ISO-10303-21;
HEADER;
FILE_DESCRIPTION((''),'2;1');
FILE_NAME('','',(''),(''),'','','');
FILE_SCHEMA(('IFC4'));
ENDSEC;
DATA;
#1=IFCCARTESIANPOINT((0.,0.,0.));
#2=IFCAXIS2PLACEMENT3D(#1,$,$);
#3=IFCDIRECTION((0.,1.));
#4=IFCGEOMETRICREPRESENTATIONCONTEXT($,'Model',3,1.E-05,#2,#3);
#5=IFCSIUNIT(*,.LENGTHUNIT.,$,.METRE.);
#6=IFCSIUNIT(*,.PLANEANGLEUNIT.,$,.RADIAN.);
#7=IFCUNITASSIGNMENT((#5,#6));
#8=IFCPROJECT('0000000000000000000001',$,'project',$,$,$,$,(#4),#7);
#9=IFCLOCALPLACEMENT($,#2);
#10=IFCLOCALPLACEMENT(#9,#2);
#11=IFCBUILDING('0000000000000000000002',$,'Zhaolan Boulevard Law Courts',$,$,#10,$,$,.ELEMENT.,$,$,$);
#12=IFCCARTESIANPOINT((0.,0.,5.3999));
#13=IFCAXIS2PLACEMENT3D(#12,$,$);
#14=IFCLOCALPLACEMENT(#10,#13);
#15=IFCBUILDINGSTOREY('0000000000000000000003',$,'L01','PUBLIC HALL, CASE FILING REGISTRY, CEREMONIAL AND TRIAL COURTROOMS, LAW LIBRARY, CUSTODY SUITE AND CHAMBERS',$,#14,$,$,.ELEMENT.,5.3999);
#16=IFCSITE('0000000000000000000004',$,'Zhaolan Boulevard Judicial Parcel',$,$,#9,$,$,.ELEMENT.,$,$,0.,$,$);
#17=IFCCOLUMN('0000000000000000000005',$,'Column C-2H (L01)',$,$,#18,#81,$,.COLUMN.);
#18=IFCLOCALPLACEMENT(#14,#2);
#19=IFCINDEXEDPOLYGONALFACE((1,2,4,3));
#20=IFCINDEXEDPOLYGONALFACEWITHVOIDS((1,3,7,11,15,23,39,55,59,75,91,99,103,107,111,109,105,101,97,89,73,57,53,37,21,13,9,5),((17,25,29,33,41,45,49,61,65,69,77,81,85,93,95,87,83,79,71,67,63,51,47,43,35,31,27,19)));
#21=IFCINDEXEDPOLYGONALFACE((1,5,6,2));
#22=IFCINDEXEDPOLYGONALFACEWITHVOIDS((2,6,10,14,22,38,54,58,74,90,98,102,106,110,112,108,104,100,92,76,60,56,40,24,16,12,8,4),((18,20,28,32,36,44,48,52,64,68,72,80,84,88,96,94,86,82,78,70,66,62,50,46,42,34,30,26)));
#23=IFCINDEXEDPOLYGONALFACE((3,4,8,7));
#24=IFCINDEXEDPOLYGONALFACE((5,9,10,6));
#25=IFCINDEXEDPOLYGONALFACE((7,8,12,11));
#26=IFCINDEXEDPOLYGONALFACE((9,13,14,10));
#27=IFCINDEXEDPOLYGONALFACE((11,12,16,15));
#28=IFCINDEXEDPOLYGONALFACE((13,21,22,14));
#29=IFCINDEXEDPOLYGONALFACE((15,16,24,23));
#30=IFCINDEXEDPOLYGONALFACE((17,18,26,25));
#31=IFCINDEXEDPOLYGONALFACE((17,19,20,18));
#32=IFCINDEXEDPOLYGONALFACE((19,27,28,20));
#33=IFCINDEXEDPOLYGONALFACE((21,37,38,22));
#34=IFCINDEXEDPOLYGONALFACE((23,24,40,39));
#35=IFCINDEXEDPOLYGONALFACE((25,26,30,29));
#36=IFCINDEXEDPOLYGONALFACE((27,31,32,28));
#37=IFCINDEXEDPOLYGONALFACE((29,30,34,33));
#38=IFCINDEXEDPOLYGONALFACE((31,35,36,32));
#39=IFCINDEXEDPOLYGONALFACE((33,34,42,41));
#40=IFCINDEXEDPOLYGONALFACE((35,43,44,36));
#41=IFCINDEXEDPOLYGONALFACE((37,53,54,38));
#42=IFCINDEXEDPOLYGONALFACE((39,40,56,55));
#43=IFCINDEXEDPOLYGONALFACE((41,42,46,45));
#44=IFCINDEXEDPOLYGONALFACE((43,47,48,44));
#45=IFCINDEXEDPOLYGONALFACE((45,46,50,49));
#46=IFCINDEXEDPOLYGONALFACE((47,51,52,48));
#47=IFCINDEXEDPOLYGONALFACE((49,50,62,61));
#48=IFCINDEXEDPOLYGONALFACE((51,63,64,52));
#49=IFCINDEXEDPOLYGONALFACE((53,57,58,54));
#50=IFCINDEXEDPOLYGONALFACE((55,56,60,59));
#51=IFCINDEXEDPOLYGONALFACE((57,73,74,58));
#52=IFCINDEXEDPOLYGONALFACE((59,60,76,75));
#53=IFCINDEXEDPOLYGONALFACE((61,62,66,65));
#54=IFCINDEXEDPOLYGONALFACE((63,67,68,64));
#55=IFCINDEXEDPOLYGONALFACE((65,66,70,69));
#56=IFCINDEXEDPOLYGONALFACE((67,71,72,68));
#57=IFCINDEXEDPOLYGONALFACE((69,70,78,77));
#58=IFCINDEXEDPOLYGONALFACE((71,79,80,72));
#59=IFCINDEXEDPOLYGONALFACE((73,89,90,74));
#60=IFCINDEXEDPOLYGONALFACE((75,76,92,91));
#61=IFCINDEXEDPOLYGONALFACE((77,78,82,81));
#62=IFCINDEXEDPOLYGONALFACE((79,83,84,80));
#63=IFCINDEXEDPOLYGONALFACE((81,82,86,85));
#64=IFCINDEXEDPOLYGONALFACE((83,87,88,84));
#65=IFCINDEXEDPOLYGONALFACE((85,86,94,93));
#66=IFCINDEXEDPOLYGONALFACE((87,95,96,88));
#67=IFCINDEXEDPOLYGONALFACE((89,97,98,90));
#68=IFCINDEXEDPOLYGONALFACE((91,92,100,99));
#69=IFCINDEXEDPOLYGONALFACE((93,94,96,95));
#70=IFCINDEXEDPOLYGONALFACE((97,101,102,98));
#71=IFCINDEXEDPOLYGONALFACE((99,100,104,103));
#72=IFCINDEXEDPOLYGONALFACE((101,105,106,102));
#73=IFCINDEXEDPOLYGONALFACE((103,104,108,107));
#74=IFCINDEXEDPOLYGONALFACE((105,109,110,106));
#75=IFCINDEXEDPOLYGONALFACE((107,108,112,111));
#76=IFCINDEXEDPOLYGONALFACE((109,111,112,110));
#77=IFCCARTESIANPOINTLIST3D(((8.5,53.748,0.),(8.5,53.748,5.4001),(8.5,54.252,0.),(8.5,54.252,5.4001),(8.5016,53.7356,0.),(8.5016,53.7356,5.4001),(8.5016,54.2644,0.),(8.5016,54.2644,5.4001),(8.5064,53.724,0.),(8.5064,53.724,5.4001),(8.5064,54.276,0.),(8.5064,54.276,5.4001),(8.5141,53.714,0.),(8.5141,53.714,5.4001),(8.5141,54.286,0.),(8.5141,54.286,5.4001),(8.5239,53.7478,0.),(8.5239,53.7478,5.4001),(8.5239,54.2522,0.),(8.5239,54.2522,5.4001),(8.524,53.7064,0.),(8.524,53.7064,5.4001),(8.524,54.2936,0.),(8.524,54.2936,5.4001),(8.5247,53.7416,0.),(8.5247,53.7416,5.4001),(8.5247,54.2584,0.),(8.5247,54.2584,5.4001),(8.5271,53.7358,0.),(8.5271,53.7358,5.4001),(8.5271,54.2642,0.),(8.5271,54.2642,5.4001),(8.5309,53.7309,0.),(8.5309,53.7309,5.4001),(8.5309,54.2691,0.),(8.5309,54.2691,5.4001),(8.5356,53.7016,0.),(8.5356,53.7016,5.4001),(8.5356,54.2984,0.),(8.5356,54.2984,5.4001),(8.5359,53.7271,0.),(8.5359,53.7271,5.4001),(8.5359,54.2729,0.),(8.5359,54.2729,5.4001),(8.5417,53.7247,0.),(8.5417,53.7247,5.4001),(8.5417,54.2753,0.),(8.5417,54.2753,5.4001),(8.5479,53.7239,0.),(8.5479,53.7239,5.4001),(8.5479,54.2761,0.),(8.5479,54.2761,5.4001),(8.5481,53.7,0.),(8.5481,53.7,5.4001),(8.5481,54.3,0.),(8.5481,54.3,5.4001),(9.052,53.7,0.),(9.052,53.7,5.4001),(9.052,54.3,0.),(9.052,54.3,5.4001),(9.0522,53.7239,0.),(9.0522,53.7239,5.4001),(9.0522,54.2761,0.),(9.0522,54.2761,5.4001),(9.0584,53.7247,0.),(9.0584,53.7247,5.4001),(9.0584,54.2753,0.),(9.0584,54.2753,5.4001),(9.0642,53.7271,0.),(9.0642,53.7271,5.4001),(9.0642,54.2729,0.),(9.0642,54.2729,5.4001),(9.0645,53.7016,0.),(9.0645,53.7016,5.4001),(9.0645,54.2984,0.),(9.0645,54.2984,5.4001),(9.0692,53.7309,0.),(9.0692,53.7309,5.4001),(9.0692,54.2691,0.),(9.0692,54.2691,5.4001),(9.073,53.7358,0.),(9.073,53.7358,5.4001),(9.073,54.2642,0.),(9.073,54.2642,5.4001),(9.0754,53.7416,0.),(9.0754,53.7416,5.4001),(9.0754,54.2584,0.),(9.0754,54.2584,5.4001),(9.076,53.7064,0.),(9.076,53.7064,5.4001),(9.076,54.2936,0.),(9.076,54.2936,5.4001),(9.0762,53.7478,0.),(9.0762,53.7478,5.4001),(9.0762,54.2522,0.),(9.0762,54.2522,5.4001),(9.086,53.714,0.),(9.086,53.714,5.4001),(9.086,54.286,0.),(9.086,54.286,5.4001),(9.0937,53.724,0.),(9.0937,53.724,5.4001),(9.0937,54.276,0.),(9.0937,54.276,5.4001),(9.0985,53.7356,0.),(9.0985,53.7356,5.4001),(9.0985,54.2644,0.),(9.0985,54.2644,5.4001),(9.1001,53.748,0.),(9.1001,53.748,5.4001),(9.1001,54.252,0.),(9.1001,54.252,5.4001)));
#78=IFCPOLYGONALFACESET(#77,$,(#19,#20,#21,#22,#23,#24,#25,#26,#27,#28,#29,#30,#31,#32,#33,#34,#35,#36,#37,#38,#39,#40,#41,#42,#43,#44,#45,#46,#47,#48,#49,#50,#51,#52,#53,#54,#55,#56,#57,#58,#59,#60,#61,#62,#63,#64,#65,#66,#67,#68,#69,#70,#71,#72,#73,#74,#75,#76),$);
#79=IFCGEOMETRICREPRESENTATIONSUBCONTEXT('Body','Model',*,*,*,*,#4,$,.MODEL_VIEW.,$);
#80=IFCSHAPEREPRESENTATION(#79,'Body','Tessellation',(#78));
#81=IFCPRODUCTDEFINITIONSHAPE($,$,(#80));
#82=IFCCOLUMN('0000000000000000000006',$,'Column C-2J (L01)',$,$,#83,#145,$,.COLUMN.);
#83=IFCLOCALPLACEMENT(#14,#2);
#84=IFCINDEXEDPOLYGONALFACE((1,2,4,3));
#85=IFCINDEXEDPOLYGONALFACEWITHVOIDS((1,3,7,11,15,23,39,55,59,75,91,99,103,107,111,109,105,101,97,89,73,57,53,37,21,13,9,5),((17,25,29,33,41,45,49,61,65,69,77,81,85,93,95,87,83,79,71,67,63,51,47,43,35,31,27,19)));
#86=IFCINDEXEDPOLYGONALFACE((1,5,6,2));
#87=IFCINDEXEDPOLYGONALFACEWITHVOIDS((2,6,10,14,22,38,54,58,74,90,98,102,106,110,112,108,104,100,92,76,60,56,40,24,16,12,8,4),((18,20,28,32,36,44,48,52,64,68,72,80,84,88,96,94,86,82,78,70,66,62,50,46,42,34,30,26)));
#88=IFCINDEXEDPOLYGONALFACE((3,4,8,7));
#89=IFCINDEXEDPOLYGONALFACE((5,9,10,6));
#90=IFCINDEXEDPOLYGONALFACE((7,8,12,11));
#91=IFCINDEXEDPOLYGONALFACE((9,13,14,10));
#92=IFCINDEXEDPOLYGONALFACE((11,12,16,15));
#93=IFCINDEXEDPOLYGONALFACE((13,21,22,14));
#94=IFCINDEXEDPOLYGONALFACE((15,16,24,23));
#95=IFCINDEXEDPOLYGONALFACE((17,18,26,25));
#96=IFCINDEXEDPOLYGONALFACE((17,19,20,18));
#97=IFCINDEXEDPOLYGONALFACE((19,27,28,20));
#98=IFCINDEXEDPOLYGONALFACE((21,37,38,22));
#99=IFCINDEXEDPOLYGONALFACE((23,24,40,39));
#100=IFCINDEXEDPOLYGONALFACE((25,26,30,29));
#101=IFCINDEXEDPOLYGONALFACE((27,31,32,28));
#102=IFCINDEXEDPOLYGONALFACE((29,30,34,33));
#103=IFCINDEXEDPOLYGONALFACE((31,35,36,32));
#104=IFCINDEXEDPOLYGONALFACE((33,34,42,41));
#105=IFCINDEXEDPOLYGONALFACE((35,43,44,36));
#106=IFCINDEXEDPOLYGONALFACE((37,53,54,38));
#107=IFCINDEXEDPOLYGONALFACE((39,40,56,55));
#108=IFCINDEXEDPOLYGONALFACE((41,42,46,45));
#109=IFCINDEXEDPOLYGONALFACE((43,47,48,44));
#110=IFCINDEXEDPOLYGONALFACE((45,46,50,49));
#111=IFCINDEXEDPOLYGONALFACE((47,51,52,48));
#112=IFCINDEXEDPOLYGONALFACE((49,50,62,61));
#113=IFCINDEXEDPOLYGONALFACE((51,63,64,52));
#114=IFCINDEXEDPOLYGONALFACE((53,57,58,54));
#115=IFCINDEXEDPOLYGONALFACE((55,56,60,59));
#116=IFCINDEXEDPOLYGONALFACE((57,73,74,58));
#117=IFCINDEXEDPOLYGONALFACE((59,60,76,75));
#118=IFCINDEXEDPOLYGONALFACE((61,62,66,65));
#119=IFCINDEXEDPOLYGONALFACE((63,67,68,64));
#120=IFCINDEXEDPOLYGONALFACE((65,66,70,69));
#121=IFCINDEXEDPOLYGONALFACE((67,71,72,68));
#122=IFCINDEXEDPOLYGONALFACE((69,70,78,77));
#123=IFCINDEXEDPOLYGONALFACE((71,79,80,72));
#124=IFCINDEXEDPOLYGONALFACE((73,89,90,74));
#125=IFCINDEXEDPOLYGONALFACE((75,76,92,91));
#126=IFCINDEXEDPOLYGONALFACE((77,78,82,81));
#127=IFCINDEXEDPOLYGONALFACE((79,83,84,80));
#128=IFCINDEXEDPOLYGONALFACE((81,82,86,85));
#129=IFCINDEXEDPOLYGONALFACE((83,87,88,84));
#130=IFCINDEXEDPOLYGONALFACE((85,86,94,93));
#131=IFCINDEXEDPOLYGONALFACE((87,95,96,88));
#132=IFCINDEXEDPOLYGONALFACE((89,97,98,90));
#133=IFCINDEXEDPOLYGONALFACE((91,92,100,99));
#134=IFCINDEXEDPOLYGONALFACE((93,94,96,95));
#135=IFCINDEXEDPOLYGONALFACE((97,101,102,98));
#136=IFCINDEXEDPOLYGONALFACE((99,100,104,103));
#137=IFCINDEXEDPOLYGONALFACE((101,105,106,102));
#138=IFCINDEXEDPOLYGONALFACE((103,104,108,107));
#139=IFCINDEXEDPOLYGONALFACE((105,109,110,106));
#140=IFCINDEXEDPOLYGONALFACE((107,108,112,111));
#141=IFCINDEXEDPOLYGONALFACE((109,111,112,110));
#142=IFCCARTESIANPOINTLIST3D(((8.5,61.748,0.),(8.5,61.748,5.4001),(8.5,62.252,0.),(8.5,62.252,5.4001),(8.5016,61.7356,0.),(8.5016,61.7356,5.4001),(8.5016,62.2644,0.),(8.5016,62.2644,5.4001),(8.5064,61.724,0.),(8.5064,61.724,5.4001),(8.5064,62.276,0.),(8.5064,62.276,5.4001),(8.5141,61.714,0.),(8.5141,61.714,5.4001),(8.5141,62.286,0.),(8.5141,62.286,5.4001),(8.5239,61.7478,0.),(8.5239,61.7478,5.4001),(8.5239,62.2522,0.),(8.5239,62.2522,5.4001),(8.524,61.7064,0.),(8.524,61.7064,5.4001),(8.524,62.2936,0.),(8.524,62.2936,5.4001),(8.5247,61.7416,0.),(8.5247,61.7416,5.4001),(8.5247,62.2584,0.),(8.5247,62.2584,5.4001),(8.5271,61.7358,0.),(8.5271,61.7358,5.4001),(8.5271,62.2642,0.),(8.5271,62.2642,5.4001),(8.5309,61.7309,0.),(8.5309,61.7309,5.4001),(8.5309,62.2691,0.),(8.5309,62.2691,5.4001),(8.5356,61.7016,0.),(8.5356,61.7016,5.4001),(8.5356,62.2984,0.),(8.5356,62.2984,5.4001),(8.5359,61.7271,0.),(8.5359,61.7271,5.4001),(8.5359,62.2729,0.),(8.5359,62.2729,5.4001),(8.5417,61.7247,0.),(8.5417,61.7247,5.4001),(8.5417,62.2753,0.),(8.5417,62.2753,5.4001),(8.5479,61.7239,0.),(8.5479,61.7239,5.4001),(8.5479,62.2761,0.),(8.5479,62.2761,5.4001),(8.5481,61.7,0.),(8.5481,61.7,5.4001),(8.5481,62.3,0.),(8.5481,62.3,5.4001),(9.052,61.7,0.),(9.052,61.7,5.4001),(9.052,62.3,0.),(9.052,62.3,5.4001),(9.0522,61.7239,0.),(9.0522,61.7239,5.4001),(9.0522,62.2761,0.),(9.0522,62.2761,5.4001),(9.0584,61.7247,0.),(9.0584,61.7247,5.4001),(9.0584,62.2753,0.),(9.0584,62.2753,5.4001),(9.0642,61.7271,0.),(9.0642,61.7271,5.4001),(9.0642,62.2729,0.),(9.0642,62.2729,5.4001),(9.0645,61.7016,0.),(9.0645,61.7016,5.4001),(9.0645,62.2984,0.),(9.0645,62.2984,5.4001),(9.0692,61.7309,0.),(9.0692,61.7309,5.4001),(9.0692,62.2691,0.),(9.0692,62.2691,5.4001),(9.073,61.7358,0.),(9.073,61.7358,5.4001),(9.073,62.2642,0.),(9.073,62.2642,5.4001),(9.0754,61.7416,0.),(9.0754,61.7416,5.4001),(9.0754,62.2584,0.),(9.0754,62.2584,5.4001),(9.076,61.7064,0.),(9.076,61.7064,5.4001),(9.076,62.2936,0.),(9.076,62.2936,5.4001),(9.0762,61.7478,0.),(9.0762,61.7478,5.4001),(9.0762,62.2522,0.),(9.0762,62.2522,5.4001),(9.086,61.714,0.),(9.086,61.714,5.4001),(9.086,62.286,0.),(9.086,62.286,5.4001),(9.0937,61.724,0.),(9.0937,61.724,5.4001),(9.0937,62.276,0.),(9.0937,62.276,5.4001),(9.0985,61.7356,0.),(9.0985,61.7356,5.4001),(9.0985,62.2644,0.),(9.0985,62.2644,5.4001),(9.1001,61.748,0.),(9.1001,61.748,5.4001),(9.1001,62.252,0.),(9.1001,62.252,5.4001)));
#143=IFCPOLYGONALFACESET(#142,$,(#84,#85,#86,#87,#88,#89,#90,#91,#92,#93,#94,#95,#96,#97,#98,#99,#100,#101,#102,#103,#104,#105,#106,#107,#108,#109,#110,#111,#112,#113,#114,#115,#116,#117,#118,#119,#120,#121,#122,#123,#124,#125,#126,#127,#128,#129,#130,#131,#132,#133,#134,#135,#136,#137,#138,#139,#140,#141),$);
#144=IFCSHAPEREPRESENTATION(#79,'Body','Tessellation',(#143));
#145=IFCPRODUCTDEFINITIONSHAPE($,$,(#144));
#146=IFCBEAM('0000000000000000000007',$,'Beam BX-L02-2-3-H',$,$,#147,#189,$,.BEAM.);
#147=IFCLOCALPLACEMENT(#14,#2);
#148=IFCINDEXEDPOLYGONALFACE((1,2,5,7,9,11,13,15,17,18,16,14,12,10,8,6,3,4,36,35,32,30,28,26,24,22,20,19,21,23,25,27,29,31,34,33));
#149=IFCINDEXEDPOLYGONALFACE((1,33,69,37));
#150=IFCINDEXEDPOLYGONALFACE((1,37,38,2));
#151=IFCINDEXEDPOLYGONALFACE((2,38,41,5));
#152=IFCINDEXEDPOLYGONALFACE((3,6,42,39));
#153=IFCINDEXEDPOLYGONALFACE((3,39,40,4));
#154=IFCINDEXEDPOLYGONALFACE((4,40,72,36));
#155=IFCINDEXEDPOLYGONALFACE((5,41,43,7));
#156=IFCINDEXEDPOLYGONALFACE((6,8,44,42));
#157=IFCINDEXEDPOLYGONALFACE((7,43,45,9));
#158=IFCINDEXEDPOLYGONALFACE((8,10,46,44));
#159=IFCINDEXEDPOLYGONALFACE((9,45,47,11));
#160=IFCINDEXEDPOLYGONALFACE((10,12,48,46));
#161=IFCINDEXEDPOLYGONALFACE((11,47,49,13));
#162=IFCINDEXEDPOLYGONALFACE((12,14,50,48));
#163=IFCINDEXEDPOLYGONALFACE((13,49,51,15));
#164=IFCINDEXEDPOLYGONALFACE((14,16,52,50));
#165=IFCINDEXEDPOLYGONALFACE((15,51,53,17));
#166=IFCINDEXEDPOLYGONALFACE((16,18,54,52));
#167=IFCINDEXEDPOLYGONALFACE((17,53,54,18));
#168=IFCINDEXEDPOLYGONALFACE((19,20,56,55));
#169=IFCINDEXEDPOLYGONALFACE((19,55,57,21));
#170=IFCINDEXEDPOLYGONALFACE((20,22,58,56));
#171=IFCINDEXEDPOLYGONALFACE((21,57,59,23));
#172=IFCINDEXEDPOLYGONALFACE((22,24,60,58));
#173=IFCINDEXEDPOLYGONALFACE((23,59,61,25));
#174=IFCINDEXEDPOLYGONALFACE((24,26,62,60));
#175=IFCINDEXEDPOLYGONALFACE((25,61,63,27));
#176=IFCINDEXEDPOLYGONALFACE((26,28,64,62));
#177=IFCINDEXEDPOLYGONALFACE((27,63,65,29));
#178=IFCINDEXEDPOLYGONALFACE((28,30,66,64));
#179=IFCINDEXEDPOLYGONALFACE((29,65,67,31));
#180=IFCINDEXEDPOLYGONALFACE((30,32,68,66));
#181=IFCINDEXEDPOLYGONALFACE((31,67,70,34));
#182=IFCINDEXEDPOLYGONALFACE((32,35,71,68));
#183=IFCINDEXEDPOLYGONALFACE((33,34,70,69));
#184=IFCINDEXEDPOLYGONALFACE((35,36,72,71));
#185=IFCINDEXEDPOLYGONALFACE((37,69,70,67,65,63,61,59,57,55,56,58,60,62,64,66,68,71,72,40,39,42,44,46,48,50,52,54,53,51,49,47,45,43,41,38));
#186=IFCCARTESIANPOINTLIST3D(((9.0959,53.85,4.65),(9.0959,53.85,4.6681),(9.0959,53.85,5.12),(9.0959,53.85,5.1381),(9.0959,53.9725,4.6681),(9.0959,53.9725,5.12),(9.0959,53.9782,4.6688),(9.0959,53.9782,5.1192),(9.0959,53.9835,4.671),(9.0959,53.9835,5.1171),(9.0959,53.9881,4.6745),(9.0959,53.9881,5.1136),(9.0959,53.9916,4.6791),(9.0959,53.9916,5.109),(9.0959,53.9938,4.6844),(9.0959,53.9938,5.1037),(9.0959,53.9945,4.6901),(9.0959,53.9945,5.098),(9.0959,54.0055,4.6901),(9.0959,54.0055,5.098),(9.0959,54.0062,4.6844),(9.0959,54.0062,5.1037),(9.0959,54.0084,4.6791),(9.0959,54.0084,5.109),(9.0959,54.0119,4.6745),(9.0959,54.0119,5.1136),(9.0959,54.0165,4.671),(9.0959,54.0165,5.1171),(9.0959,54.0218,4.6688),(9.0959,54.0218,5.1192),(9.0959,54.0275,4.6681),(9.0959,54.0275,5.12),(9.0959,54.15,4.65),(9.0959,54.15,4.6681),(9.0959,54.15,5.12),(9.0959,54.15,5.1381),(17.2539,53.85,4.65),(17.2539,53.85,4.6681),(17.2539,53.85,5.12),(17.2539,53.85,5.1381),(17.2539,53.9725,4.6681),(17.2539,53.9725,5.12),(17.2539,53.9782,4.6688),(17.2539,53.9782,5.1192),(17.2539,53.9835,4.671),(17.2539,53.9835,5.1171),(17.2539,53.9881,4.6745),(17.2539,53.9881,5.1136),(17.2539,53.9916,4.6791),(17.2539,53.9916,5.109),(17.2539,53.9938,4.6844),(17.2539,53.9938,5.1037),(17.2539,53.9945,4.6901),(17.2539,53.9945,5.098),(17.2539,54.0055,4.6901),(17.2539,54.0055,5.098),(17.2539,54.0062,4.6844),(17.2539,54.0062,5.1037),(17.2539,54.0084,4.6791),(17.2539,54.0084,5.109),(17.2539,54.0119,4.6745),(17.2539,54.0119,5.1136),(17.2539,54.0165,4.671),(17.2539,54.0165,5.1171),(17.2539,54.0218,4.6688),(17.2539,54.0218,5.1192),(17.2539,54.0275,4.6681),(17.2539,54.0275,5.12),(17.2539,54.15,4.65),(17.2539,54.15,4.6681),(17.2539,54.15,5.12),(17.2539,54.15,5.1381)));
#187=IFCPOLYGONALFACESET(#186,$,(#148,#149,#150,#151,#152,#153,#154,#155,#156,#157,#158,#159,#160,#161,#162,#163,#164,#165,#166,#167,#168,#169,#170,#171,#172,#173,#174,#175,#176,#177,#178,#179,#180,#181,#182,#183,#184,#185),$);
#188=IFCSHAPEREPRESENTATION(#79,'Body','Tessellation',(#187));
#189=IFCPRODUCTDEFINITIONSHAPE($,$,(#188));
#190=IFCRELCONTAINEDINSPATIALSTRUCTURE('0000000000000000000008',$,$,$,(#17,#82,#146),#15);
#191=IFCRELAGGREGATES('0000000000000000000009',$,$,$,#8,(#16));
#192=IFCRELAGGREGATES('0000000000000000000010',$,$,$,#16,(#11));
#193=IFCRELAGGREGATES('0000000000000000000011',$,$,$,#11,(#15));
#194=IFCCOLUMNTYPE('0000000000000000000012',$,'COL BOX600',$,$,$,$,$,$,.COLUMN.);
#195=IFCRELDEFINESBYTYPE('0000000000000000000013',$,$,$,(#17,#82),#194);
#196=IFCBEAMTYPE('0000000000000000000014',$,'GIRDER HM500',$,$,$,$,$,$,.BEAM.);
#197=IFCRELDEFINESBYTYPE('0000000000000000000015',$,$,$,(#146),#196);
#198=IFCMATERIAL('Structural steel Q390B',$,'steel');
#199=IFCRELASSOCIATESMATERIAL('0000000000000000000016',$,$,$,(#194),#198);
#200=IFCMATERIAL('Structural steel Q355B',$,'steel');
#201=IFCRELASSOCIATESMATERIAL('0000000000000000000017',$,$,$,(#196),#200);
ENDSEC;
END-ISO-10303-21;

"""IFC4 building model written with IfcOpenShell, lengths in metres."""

from ifc_helpers import new_model, si_unit, direction, frame, origin, origin_2d, place, context, subcontext, project, spatial, hollow_rectangle, i_section, extrude, material, material_profile, profile_set, type_object, element, save


model = new_model("IFC4")

# Units and contexts
model_context = context("Model", 3, precision=1e-05, world=origin(), true_north=direction((0.0, 1.0)))
body_context = subcontext(model_context, "Body", "Model", "MODEL_VIEW")
ifc_project = project(units=[si_unit("LENGTHUNIT", "METRE"), si_unit("PLANEANGLEUNIT", "RADIAN")], contexts=[model_context])

# Site, building, storey
site_placement = place(None, origin())
site = spatial("IfcSite", under=ifc_project, at=site_placement, Name="Zhaolan Boulevard Judicial Parcel", CompositionType="ELEMENT", RefElevation=0.0)
building_placement = place(site_placement, origin())
building = spatial("IfcBuilding", under=site, at=building_placement, Name="Zhaolan Boulevard Law Courts", CompositionType="ELEMENT")
storey_placement = place(building_placement, frame((0.0, 0.0, 5.3999)))
storey = spatial("IfcBuildingStorey", under=building, at=storey_placement, Name="L01", Description="PUBLIC HALL, CASE FILING REGISTRY, CEREMONIAL AND TRIAL COURTROOMS, LAW LIBRARY, CUSTODY SUITE AND CHAMBERS", CompositionType="ELEMENT", Elevation=5.3999)

# Columns
ifc_material_1 = material(Name="Structural steel Q390B", Category="steel")
ifc_material_profile_1 = material_profile(ifc_material_1, hollow_rectangle(XDim=0.6001, YDim=0.6001, WallThickness=0.0239, InnerFilletRadius=0.0239, OuterFilletRadius=0.0481, at=origin_2d()), Name="BOX600x600x24")
ifc_profile_set_1 = profile_set([ifc_material_profile_1], Name="Structural steel Q390B")
column_type = type_object("IfcColumnType", Name="COL BOX600", PredefinedType="COLUMN", material=ifc_profile_set_1)
for number, where, z_axis, x_axis, name in (
    (1, (8.8, 54.0, 0.0), (0.0, 0.0, 1.0), (1.0, 0.0, 0.0), "Column C-2H (L01)"),
    (2, (8.8, 62.0, 0.0), (0.0, 0.0, 1.0), (1.0, 0.0, 0.0), "Column C-2J (L01)"),
):
    element("IfcColumn", number, at=place(storey_placement, frame(where, z_axis=z_axis, x_axis=x_axis)), inside=storey, type_object=column_type, Name=name, PredefinedType="COLUMN", context=body_context, shape_type="SweptSolid", body=[
        extrude(hollow_rectangle(XDim=0.6001, YDim=0.6001, WallThickness=0.0239, InnerFilletRadius=0.0239, OuterFilletRadius=0.0481, at=origin_2d()), origin(), (0.0, 0.0, 1.0), 5.4001),
    ])

# Beam
ifc_material_2 = material(Name="Structural steel Q355B", Category="steel")
ifc_material_profile_2 = material_profile(ifc_material_2, i_section(OverallWidth=0.3, OverallDepth=0.488, WebThickness=0.011, FlangeThickness=0.0181, FilletRadius=0.022, at=origin_2d()), Name="HM488x300")
ifc_profile_set_2 = profile_set([ifc_material_profile_2], Name="Structural steel Q355B")
beam_type_1 = type_object("IfcBeamType", Name="GIRDER HM500", PredefinedType="BEAM", material=ifc_profile_set_2)
beam_1_placement = place(storey_placement, frame((9.0959, 54.0, 4.894), z_axis=(1.0, 0.0, 0.0), x_axis=(0.0, 1.0, 0.0)))
element("IfcBeam", 3, at=beam_1_placement, inside=storey, type_object=beam_type_1, Name="Beam BX-L02-2-3-H", PredefinedType="BEAM", context=body_context, shape_type="SweptSolid", body=[
    extrude(i_section(OverallWidth=0.3, OverallDepth=0.488, WebThickness=0.011, FlangeThickness=0.0181, FilletRadius=0.022, at=origin_2d()), origin(), (0.0, 0.0, 1.0), 8.158),
])

save(model, "model.ifc")
